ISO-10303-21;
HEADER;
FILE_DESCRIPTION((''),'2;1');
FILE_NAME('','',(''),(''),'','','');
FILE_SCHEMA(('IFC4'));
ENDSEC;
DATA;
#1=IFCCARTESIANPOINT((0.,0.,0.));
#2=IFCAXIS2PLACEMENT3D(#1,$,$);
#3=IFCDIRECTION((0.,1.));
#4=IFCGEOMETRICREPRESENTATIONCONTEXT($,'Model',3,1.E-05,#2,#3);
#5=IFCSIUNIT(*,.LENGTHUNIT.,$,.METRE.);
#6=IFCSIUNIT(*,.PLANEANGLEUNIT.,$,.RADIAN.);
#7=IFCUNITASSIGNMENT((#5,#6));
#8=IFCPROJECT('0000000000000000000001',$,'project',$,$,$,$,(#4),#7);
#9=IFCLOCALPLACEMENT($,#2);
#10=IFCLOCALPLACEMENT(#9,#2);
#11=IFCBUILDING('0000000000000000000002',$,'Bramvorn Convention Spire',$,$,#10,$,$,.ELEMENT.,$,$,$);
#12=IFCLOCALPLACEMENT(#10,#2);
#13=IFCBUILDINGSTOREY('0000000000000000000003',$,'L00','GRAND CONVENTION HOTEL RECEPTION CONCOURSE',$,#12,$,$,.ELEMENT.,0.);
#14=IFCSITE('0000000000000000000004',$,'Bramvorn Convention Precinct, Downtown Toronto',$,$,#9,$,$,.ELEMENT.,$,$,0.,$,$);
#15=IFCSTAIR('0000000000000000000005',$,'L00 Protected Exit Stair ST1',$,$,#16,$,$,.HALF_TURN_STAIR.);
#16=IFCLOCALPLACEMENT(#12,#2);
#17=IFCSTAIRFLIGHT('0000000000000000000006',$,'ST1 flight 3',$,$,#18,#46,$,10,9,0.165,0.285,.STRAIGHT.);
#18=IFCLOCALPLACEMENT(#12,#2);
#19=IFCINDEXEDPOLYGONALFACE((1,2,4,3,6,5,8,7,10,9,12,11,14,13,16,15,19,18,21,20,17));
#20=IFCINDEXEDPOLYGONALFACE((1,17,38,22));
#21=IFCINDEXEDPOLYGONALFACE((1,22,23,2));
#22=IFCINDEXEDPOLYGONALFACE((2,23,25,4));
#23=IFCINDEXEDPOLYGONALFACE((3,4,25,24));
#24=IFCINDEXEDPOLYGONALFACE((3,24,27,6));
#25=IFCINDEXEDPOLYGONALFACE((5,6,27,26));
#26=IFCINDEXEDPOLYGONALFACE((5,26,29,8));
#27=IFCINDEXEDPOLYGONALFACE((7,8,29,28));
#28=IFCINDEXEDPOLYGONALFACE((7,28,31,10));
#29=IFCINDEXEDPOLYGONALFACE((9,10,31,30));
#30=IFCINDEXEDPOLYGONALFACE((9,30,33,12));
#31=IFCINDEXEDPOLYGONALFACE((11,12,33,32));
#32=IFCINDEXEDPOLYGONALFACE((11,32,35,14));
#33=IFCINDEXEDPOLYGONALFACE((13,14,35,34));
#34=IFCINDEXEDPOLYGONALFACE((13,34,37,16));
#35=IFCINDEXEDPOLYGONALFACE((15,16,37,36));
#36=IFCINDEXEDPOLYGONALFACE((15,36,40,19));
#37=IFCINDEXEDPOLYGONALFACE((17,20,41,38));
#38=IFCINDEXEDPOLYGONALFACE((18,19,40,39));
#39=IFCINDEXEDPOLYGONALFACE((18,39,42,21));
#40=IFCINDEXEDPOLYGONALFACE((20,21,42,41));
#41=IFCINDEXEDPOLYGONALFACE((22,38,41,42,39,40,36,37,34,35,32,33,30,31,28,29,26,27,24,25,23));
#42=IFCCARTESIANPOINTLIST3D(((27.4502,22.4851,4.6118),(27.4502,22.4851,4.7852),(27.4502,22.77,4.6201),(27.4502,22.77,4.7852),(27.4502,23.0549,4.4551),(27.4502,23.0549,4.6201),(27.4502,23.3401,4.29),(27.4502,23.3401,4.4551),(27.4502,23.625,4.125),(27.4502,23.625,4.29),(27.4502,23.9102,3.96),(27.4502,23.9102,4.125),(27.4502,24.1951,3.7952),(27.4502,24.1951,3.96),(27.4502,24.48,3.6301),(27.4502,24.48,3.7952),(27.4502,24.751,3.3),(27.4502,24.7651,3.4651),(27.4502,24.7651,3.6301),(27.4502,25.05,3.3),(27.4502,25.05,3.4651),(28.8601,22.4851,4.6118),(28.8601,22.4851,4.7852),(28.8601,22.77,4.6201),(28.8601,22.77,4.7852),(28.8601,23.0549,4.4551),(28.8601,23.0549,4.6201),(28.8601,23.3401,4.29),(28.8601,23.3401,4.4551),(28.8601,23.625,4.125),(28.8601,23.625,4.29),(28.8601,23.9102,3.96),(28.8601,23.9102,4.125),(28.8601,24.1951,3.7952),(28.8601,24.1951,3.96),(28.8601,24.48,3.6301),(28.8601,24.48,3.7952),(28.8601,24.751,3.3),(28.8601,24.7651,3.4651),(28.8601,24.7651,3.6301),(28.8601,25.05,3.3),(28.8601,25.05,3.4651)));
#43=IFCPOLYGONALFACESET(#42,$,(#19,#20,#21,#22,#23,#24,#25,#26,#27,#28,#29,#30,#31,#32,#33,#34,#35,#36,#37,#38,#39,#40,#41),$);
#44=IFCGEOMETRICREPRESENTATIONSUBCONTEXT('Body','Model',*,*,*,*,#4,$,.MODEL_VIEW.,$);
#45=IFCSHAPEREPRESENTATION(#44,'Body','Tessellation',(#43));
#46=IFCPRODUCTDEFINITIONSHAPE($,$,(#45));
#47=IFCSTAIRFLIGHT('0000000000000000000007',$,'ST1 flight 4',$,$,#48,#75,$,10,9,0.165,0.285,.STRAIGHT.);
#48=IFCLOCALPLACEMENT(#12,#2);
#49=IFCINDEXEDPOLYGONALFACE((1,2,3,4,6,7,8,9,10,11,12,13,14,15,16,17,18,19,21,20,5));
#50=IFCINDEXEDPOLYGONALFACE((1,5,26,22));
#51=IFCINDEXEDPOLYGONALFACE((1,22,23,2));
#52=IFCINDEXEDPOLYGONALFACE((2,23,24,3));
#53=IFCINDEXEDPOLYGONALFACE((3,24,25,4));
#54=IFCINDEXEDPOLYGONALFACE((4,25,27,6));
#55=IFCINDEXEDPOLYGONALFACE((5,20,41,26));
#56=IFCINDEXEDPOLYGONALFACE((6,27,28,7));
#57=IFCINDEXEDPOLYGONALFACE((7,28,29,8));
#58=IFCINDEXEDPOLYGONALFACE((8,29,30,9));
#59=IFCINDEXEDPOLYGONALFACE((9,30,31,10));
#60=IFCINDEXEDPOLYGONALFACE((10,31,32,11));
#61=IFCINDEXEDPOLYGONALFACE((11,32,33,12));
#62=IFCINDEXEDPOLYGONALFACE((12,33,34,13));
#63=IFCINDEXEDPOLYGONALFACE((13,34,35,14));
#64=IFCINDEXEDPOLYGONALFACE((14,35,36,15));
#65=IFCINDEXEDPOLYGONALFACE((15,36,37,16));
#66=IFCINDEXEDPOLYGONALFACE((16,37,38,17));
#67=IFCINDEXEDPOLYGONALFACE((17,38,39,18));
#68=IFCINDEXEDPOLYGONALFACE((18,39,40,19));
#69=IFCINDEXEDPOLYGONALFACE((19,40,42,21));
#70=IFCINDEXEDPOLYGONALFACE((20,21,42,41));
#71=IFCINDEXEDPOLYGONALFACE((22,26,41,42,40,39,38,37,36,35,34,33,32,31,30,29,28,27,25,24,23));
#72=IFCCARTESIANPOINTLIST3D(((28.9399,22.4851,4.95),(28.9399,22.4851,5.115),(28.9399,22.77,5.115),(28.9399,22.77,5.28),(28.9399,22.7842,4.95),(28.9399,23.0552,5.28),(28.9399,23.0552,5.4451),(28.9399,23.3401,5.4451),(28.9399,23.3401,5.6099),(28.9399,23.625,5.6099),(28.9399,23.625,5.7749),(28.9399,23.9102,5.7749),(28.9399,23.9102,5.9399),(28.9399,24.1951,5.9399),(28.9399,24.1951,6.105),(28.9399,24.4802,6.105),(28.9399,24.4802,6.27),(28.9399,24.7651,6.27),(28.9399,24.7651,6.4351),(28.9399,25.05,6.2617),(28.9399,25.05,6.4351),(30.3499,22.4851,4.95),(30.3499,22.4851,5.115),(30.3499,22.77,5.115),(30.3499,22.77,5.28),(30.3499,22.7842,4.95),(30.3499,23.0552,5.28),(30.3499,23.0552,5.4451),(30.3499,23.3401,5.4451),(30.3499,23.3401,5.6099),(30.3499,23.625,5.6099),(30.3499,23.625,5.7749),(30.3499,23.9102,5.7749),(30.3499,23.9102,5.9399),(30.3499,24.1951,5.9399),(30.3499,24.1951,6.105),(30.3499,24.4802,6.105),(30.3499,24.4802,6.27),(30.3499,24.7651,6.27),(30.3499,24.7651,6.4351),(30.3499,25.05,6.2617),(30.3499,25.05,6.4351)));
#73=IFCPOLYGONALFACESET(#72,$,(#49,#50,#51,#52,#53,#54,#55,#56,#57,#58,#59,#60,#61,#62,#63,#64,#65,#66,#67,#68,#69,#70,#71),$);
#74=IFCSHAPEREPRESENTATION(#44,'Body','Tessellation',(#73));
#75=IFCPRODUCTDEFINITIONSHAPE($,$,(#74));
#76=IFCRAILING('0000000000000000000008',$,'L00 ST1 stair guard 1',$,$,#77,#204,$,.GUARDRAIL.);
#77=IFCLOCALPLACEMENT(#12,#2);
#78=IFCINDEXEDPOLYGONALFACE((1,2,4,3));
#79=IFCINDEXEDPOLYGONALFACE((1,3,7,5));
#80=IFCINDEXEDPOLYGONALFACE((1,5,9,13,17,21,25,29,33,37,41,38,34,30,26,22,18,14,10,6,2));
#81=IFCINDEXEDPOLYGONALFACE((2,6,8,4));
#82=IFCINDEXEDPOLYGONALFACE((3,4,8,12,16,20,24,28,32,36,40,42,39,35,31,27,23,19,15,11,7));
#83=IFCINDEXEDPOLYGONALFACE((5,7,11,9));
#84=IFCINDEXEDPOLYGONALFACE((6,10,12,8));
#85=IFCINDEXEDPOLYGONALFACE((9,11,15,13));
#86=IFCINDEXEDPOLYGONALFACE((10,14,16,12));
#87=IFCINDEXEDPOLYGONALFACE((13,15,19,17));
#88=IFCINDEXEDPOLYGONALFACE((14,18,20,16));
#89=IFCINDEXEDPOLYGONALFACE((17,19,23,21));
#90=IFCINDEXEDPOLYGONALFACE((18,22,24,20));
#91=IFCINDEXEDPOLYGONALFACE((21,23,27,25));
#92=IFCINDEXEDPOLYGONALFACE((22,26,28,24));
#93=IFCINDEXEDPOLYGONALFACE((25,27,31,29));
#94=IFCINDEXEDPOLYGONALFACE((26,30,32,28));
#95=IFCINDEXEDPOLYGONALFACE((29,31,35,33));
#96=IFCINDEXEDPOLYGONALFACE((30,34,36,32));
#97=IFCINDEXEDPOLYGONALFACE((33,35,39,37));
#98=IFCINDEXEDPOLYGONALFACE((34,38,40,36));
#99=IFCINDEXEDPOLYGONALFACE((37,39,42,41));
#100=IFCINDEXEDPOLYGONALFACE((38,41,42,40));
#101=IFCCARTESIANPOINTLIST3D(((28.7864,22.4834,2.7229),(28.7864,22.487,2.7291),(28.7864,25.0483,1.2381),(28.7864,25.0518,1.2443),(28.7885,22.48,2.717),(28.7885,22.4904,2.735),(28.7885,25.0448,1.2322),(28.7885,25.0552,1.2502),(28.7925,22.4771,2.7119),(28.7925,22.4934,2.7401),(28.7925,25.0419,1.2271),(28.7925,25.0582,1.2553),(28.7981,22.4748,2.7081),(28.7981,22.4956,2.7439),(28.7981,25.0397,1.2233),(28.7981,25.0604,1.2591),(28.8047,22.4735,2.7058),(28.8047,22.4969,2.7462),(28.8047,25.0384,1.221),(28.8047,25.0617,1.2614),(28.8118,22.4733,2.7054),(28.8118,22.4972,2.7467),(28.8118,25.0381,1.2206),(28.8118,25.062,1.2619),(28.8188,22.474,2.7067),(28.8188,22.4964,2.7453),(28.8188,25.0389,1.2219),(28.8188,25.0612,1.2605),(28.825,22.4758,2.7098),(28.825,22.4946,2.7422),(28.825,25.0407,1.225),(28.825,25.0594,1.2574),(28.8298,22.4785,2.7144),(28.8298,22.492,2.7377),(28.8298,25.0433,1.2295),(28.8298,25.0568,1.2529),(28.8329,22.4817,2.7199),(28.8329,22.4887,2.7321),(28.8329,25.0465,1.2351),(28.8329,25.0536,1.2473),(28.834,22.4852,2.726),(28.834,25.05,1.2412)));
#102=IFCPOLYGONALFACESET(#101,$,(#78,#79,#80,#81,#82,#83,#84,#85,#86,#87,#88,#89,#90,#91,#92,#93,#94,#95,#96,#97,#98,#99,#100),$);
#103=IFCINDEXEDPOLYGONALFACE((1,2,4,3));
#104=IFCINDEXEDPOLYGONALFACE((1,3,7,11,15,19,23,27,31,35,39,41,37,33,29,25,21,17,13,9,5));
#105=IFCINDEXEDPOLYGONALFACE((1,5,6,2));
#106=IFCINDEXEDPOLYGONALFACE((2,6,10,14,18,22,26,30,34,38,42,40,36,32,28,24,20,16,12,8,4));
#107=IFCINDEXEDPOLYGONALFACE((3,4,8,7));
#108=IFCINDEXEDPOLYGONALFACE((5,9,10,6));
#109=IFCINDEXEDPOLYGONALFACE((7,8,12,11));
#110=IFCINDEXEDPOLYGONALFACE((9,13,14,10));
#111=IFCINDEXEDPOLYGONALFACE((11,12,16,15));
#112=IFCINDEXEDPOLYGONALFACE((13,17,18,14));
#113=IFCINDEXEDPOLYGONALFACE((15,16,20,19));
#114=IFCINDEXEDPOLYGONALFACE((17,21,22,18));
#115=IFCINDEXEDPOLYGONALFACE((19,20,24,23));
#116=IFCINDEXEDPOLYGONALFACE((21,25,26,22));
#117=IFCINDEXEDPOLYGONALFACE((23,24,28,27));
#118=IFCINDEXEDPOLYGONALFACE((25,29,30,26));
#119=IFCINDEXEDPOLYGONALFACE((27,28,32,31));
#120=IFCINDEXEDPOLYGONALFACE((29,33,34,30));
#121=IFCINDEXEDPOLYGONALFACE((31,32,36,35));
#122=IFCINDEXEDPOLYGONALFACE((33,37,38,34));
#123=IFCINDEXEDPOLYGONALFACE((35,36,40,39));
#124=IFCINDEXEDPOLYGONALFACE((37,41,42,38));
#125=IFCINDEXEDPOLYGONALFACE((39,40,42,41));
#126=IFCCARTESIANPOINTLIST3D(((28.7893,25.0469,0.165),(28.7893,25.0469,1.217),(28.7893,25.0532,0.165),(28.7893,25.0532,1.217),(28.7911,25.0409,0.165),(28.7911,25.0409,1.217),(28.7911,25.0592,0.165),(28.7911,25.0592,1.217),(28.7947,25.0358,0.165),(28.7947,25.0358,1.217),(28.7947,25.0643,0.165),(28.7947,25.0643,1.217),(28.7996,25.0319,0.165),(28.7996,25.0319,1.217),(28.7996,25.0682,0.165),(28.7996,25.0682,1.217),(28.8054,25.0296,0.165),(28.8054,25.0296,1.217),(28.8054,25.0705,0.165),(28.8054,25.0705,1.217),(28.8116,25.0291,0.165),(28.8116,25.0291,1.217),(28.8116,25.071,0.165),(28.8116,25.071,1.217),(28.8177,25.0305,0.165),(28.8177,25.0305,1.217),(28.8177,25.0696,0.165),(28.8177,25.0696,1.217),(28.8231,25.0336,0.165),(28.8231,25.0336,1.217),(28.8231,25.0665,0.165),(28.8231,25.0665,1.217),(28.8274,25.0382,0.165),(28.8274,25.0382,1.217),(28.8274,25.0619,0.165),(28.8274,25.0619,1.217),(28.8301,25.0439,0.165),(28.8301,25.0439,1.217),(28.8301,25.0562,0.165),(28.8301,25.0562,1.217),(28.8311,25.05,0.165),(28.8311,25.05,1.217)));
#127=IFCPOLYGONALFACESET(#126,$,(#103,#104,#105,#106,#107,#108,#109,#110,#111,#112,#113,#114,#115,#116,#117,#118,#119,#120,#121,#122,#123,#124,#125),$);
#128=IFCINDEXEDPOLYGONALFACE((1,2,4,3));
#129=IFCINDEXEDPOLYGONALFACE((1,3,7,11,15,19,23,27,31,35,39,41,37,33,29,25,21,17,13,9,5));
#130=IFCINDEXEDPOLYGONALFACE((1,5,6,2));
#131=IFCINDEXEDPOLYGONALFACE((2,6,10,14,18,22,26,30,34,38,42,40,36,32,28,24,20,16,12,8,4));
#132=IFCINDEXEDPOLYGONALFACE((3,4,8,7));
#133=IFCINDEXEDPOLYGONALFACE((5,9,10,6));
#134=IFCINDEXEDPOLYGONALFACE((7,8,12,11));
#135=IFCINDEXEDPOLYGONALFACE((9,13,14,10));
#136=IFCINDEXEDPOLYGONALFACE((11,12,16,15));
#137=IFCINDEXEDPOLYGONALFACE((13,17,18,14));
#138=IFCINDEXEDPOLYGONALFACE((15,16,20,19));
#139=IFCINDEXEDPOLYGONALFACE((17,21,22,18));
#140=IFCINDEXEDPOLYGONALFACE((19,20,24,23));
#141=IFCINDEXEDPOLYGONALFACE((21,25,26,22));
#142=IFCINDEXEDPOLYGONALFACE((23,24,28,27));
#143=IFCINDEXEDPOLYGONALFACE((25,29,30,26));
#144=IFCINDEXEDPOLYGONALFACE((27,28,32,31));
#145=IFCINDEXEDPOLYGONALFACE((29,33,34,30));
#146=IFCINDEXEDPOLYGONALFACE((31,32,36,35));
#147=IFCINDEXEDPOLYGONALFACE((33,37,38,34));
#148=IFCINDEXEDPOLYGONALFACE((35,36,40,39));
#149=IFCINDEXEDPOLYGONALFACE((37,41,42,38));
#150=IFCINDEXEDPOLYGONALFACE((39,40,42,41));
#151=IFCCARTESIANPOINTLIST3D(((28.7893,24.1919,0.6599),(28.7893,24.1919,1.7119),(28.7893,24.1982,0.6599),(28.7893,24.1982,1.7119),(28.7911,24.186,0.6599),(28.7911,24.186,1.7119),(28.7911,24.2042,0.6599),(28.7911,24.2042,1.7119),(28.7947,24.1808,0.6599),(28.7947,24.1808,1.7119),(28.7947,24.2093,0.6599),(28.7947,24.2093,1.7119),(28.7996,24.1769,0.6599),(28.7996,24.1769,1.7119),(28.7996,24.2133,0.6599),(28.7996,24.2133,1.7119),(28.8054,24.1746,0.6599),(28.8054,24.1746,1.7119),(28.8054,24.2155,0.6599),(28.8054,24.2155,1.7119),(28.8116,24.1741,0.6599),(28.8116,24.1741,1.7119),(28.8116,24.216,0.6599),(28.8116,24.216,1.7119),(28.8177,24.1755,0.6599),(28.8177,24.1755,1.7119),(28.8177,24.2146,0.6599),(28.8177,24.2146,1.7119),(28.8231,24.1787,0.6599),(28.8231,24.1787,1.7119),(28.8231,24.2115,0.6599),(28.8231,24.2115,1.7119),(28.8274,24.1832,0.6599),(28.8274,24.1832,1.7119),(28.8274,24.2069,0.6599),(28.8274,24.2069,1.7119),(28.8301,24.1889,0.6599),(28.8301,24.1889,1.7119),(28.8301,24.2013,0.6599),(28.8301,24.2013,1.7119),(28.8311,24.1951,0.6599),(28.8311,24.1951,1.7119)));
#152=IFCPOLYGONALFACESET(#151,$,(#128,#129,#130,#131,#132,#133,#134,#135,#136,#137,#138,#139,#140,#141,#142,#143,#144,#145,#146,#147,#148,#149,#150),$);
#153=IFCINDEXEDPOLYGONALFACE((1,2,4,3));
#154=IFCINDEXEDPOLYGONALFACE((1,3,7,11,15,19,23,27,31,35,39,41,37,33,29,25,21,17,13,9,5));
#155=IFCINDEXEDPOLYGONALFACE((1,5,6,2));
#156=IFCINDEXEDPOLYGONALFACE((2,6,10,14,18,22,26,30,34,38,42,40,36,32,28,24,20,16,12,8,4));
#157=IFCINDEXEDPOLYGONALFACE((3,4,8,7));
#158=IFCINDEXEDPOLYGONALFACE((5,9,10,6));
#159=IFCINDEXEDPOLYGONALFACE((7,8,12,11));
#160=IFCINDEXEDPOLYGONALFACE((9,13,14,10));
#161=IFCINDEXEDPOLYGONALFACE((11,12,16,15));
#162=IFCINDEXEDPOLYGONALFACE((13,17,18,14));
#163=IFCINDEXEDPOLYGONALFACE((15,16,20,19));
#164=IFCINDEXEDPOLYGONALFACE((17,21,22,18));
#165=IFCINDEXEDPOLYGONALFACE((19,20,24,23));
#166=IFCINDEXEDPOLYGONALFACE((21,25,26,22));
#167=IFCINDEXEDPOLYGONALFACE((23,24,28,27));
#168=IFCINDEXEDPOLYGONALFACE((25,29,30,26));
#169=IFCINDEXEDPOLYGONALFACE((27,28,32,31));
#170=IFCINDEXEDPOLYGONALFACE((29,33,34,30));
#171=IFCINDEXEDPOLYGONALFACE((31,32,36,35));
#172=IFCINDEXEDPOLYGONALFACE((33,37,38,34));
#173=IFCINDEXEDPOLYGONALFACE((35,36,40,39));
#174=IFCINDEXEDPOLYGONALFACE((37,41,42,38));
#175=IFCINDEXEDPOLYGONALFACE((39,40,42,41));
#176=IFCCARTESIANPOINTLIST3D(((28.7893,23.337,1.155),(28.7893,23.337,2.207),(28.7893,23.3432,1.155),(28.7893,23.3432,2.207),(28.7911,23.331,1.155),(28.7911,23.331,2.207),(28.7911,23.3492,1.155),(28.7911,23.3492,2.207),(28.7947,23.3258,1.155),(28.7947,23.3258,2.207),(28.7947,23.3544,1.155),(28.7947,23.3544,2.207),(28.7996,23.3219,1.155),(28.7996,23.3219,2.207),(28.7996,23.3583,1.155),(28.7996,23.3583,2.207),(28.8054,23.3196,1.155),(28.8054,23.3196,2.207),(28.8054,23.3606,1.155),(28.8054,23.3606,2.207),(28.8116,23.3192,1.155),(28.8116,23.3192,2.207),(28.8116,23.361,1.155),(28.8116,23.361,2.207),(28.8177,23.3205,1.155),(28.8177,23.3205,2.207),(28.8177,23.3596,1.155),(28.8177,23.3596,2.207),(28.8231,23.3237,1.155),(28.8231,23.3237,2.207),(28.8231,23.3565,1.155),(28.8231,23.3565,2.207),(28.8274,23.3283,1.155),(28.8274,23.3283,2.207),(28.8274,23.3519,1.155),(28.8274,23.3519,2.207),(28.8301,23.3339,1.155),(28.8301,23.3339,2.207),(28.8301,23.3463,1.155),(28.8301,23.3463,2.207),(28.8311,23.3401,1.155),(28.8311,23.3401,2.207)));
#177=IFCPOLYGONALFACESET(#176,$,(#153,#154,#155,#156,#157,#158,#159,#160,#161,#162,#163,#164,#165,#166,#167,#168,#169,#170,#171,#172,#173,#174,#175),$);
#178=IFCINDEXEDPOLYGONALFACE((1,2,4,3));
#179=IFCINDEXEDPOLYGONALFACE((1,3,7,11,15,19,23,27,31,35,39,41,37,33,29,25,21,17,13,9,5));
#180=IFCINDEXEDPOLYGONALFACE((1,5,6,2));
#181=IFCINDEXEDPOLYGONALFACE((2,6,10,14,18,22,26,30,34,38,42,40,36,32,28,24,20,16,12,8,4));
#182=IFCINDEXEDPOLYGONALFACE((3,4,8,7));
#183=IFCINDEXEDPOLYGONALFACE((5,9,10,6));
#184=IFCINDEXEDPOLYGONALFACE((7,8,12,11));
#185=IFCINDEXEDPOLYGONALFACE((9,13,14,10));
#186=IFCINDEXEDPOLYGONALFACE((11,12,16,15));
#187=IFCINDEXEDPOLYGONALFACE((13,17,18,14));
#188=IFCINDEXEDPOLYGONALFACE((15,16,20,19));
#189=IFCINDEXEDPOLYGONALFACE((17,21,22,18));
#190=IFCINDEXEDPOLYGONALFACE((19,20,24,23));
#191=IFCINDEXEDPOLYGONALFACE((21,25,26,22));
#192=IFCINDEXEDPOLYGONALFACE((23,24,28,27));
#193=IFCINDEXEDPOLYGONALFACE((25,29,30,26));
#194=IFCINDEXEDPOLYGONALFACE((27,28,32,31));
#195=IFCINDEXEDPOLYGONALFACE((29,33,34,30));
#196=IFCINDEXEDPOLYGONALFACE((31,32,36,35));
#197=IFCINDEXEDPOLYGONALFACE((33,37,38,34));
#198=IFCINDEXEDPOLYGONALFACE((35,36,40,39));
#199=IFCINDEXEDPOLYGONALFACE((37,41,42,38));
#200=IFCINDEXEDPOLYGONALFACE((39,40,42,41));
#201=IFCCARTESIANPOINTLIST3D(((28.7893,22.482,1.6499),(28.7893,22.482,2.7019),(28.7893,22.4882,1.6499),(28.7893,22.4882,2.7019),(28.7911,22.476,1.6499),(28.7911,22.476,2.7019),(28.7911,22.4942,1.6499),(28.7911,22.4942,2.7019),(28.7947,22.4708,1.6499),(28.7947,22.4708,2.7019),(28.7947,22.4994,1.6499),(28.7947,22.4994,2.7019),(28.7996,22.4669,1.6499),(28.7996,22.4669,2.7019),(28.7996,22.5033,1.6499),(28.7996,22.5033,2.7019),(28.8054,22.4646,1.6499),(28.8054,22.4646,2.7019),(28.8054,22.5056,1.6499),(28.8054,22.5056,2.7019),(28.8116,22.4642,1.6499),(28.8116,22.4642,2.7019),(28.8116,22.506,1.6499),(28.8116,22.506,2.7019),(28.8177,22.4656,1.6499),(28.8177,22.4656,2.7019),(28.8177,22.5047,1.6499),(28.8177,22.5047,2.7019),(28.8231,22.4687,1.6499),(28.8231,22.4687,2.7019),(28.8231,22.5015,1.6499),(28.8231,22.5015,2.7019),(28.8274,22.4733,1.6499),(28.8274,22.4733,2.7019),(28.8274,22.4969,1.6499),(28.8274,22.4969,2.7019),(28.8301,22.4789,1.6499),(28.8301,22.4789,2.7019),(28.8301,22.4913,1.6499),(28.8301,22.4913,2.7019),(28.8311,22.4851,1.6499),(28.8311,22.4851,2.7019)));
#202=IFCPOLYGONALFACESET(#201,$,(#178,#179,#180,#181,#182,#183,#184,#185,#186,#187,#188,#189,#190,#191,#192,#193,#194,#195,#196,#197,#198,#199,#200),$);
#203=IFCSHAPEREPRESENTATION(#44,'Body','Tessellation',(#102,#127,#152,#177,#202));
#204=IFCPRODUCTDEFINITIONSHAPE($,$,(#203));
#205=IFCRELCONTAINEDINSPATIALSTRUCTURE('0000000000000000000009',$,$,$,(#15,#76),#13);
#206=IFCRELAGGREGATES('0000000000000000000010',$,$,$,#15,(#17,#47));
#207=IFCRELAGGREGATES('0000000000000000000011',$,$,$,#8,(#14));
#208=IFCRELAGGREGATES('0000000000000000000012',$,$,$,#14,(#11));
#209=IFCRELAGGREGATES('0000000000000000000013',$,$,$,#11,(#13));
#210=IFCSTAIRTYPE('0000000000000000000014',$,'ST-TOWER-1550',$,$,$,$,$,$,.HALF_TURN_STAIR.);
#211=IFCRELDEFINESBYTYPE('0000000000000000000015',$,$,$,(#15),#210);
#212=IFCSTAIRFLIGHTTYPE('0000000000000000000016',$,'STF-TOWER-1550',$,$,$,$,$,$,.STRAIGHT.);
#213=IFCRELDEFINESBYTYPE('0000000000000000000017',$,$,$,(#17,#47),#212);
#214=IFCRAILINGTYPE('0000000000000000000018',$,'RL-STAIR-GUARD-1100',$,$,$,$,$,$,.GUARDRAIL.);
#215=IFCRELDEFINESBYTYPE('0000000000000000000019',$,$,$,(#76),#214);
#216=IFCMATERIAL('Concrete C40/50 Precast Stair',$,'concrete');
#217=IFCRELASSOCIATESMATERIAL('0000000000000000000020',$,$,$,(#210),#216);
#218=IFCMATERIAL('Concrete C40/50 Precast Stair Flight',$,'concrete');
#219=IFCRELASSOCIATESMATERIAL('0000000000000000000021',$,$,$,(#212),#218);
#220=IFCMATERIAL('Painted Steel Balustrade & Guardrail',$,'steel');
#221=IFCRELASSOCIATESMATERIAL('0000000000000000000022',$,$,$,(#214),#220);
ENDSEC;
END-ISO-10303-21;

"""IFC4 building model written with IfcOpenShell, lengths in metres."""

from ifc_helpers import new_model, si_unit, direction, frame, origin, origin_2d, place, context, subcontext, project, spatial, polyline, circle, outline, extrude, material, type_object, element, aggregate, save


model = new_model("IFC4")

# Units and contexts
model_context = context("Model", 3, precision=1e-05, world=origin(), true_north=direction((0.0, 1.0)))
body_context = subcontext(model_context, "Body", "Model", "MODEL_VIEW")
ifc_project = project(units=[si_unit("LENGTHUNIT", "METRE"), si_unit("PLANEANGLEUNIT", "RADIAN")], contexts=[model_context])

# Site, building, storey
site_placement = place(None, origin())
site = spatial("IfcSite", under=ifc_project, at=site_placement, Name="Bramvorn Convention Precinct, Downtown Toronto", CompositionType="ELEMENT", RefElevation=0.0)
building_placement = place(site_placement, origin())
building = spatial("IfcBuilding", under=site, at=building_placement, Name="Bramvorn Convention Spire", CompositionType="ELEMENT")
storey_placement = place(building_placement, origin())
storey = spatial("IfcBuildingStorey", under=building, at=storey_placement, Name="L00", Description="GRAND CONVENTION HOTEL RECEPTION CONCOURSE", CompositionType="ELEMENT", Elevation=0.0)

# Stair, stair flights
ifc_material_1 = material(Name="Concrete C40/50 Precast Stair", Category="concrete")
stair_type = type_object("IfcStairType", Name="ST-TOWER-1550", PredefinedType="HALF_TURN_STAIR", material=ifc_material_1)
stair_placement = place(storey_placement, origin())
stair = element("IfcStair", 1, at=stair_placement, inside=storey, type_object=stair_type, Name="L00 Protected Exit Stair ST1", PredefinedType="HALF_TURN_STAIR")
ifc_material_2 = material(Name="Concrete C40/50 Precast Stair Flight", Category="concrete")
stair_flight_type = type_object("IfcStairFlightType", Name="STF-TOWER-1550", PredefinedType="STRAIGHT", material=ifc_material_2)
stair_flight_1_placement = place(storey_placement, frame((28.155, 25.05, 3.3), z_axis=(0.0, 0.0, 1.0), x_axis=(0.0, -1.0, 0.0)))
stair_flight_1 = element("IfcStairFlight", 2, at=stair_flight_1_placement, type_object=stair_flight_type, Name="ST1 flight 3", NumberOfRisers=10, NumberOfTreads=9, PredefinedType="STRAIGHT", RiserHeight=0.165, TreadLength=0.285, context=body_context, shape_type="SweptSolid", body=[
    extrude(outline(polyline([(0.0, 0.0), (0.0, 0.165), (0.2849, 0.165), (0.2849, 0.3301), (0.5701, 0.3301), (0.5701, 0.4951), (0.855, 0.4951), (0.855, 0.6599), (1.1399, 0.6599), (1.1399, 0.825), (1.425, 0.825), (1.425, 0.99), (1.71, 0.99), (1.71, 1.155), (1.9951, 1.155), (1.9951, 1.3201), (2.28, 1.3201), (2.28, 1.4851), (2.5649, 1.4851), (2.5649, 1.6499), (2.5649, 1.3118), (0.2991, 0.0), (0.0, 0.0)])), frame((0.0, 0.7051, 0.0), z_axis=(0.0, -1.0, 0.0), x_axis=(1.0, 0.0, 0.0)), (0.0, 0.0, 1.0), 1.4099),
])
stair_flight_2_placement = place(storey_placement, frame((29.645, 22.4851, 4.95), z_axis=(0.0, 0.0, 1.0), x_axis=(0.0, 1.0, 0.0)))
stair_flight_2 = element("IfcStairFlight", 3, at=stair_flight_2_placement, type_object=stair_flight_type, Name="ST1 flight 4", NumberOfRisers=10, NumberOfTreads=9, PredefinedType="STRAIGHT", RiserHeight=0.165, TreadLength=0.285, context=body_context, shape_type="SweptSolid", body=[
    extrude(outline(polyline([(0.0, 0.0), (0.0, 0.165), (0.2849, 0.165), (0.2849, 0.3301), (0.5701, 0.3301), (0.5701, 0.4951), (0.855, 0.4951), (0.855, 0.6599), (1.1399, 0.6599), (1.1399, 0.825), (1.425, 0.825), (1.425, 0.99), (1.71, 0.99), (1.71, 1.155), (1.9951, 1.155), (1.9951, 1.3201), (2.28, 1.3201), (2.28, 1.4851), (2.5649, 1.4851), (2.5649, 1.6499), (2.5649, 1.3118), (0.2991, 0.0), (0.0, 0.0)])), frame((0.0, 0.7051, 0.0), z_axis=(0.0, -1.0, 0.0), x_axis=(1.0, 0.0, 0.0)), (0.0, 0.0, 1.0), 1.4099),
])
aggregate(stair, [stair_flight_1, stair_flight_2])

# Railing
ifc_material_3 = material(Name="Painted Steel Balustrade & Guardrail", Category="steel")
railing_type_1 = type_object("IfcRailingType", Name="RL-STAIR-GUARD-1100", PredefinedType="GUARDRAIL", material=ifc_material_3)
railing_1_placement = place(storey_placement, frame((28.8101, 25.05, 0.165)))
element("IfcRailing", 4, at=railing_1_placement, inside=storey, type_object=railing_type_1, Name="L00 ST1 stair guard 1", PredefinedType="GUARDRAIL", context=body_context, shape_type="SweptSolid", body=[
    extrude(circle(Radius=0.0239, at=origin_2d()), frame((0.0, 0.0, 1.0762), z_axis=(0.0, -0.865441, 0.50101), x_axis=(1.0, 0.0, 0.0)), (0.0, 0.0, 1.0), 2.9636),
    extrude(circle(Radius=0.021, at=origin_2d()), origin(), (0.0, 0.0, 1.0), 1.052),
    extrude(circle(Radius=0.021, at=origin_2d()), frame((0.0, -0.855, 0.4949)), (0.0, 0.0, 1.0), 1.052),
    extrude(circle(Radius=0.021, at=origin_2d()), frame((0.0, -1.71, 0.99)), (0.0, 0.0, 1.0), 1.052),
    extrude(circle(Radius=0.021, at=origin_2d()), frame((0.0, -2.5649, 1.4849)), (0.0, 0.0, 1.0), 1.052),
])

save(model, "model.ifc")
